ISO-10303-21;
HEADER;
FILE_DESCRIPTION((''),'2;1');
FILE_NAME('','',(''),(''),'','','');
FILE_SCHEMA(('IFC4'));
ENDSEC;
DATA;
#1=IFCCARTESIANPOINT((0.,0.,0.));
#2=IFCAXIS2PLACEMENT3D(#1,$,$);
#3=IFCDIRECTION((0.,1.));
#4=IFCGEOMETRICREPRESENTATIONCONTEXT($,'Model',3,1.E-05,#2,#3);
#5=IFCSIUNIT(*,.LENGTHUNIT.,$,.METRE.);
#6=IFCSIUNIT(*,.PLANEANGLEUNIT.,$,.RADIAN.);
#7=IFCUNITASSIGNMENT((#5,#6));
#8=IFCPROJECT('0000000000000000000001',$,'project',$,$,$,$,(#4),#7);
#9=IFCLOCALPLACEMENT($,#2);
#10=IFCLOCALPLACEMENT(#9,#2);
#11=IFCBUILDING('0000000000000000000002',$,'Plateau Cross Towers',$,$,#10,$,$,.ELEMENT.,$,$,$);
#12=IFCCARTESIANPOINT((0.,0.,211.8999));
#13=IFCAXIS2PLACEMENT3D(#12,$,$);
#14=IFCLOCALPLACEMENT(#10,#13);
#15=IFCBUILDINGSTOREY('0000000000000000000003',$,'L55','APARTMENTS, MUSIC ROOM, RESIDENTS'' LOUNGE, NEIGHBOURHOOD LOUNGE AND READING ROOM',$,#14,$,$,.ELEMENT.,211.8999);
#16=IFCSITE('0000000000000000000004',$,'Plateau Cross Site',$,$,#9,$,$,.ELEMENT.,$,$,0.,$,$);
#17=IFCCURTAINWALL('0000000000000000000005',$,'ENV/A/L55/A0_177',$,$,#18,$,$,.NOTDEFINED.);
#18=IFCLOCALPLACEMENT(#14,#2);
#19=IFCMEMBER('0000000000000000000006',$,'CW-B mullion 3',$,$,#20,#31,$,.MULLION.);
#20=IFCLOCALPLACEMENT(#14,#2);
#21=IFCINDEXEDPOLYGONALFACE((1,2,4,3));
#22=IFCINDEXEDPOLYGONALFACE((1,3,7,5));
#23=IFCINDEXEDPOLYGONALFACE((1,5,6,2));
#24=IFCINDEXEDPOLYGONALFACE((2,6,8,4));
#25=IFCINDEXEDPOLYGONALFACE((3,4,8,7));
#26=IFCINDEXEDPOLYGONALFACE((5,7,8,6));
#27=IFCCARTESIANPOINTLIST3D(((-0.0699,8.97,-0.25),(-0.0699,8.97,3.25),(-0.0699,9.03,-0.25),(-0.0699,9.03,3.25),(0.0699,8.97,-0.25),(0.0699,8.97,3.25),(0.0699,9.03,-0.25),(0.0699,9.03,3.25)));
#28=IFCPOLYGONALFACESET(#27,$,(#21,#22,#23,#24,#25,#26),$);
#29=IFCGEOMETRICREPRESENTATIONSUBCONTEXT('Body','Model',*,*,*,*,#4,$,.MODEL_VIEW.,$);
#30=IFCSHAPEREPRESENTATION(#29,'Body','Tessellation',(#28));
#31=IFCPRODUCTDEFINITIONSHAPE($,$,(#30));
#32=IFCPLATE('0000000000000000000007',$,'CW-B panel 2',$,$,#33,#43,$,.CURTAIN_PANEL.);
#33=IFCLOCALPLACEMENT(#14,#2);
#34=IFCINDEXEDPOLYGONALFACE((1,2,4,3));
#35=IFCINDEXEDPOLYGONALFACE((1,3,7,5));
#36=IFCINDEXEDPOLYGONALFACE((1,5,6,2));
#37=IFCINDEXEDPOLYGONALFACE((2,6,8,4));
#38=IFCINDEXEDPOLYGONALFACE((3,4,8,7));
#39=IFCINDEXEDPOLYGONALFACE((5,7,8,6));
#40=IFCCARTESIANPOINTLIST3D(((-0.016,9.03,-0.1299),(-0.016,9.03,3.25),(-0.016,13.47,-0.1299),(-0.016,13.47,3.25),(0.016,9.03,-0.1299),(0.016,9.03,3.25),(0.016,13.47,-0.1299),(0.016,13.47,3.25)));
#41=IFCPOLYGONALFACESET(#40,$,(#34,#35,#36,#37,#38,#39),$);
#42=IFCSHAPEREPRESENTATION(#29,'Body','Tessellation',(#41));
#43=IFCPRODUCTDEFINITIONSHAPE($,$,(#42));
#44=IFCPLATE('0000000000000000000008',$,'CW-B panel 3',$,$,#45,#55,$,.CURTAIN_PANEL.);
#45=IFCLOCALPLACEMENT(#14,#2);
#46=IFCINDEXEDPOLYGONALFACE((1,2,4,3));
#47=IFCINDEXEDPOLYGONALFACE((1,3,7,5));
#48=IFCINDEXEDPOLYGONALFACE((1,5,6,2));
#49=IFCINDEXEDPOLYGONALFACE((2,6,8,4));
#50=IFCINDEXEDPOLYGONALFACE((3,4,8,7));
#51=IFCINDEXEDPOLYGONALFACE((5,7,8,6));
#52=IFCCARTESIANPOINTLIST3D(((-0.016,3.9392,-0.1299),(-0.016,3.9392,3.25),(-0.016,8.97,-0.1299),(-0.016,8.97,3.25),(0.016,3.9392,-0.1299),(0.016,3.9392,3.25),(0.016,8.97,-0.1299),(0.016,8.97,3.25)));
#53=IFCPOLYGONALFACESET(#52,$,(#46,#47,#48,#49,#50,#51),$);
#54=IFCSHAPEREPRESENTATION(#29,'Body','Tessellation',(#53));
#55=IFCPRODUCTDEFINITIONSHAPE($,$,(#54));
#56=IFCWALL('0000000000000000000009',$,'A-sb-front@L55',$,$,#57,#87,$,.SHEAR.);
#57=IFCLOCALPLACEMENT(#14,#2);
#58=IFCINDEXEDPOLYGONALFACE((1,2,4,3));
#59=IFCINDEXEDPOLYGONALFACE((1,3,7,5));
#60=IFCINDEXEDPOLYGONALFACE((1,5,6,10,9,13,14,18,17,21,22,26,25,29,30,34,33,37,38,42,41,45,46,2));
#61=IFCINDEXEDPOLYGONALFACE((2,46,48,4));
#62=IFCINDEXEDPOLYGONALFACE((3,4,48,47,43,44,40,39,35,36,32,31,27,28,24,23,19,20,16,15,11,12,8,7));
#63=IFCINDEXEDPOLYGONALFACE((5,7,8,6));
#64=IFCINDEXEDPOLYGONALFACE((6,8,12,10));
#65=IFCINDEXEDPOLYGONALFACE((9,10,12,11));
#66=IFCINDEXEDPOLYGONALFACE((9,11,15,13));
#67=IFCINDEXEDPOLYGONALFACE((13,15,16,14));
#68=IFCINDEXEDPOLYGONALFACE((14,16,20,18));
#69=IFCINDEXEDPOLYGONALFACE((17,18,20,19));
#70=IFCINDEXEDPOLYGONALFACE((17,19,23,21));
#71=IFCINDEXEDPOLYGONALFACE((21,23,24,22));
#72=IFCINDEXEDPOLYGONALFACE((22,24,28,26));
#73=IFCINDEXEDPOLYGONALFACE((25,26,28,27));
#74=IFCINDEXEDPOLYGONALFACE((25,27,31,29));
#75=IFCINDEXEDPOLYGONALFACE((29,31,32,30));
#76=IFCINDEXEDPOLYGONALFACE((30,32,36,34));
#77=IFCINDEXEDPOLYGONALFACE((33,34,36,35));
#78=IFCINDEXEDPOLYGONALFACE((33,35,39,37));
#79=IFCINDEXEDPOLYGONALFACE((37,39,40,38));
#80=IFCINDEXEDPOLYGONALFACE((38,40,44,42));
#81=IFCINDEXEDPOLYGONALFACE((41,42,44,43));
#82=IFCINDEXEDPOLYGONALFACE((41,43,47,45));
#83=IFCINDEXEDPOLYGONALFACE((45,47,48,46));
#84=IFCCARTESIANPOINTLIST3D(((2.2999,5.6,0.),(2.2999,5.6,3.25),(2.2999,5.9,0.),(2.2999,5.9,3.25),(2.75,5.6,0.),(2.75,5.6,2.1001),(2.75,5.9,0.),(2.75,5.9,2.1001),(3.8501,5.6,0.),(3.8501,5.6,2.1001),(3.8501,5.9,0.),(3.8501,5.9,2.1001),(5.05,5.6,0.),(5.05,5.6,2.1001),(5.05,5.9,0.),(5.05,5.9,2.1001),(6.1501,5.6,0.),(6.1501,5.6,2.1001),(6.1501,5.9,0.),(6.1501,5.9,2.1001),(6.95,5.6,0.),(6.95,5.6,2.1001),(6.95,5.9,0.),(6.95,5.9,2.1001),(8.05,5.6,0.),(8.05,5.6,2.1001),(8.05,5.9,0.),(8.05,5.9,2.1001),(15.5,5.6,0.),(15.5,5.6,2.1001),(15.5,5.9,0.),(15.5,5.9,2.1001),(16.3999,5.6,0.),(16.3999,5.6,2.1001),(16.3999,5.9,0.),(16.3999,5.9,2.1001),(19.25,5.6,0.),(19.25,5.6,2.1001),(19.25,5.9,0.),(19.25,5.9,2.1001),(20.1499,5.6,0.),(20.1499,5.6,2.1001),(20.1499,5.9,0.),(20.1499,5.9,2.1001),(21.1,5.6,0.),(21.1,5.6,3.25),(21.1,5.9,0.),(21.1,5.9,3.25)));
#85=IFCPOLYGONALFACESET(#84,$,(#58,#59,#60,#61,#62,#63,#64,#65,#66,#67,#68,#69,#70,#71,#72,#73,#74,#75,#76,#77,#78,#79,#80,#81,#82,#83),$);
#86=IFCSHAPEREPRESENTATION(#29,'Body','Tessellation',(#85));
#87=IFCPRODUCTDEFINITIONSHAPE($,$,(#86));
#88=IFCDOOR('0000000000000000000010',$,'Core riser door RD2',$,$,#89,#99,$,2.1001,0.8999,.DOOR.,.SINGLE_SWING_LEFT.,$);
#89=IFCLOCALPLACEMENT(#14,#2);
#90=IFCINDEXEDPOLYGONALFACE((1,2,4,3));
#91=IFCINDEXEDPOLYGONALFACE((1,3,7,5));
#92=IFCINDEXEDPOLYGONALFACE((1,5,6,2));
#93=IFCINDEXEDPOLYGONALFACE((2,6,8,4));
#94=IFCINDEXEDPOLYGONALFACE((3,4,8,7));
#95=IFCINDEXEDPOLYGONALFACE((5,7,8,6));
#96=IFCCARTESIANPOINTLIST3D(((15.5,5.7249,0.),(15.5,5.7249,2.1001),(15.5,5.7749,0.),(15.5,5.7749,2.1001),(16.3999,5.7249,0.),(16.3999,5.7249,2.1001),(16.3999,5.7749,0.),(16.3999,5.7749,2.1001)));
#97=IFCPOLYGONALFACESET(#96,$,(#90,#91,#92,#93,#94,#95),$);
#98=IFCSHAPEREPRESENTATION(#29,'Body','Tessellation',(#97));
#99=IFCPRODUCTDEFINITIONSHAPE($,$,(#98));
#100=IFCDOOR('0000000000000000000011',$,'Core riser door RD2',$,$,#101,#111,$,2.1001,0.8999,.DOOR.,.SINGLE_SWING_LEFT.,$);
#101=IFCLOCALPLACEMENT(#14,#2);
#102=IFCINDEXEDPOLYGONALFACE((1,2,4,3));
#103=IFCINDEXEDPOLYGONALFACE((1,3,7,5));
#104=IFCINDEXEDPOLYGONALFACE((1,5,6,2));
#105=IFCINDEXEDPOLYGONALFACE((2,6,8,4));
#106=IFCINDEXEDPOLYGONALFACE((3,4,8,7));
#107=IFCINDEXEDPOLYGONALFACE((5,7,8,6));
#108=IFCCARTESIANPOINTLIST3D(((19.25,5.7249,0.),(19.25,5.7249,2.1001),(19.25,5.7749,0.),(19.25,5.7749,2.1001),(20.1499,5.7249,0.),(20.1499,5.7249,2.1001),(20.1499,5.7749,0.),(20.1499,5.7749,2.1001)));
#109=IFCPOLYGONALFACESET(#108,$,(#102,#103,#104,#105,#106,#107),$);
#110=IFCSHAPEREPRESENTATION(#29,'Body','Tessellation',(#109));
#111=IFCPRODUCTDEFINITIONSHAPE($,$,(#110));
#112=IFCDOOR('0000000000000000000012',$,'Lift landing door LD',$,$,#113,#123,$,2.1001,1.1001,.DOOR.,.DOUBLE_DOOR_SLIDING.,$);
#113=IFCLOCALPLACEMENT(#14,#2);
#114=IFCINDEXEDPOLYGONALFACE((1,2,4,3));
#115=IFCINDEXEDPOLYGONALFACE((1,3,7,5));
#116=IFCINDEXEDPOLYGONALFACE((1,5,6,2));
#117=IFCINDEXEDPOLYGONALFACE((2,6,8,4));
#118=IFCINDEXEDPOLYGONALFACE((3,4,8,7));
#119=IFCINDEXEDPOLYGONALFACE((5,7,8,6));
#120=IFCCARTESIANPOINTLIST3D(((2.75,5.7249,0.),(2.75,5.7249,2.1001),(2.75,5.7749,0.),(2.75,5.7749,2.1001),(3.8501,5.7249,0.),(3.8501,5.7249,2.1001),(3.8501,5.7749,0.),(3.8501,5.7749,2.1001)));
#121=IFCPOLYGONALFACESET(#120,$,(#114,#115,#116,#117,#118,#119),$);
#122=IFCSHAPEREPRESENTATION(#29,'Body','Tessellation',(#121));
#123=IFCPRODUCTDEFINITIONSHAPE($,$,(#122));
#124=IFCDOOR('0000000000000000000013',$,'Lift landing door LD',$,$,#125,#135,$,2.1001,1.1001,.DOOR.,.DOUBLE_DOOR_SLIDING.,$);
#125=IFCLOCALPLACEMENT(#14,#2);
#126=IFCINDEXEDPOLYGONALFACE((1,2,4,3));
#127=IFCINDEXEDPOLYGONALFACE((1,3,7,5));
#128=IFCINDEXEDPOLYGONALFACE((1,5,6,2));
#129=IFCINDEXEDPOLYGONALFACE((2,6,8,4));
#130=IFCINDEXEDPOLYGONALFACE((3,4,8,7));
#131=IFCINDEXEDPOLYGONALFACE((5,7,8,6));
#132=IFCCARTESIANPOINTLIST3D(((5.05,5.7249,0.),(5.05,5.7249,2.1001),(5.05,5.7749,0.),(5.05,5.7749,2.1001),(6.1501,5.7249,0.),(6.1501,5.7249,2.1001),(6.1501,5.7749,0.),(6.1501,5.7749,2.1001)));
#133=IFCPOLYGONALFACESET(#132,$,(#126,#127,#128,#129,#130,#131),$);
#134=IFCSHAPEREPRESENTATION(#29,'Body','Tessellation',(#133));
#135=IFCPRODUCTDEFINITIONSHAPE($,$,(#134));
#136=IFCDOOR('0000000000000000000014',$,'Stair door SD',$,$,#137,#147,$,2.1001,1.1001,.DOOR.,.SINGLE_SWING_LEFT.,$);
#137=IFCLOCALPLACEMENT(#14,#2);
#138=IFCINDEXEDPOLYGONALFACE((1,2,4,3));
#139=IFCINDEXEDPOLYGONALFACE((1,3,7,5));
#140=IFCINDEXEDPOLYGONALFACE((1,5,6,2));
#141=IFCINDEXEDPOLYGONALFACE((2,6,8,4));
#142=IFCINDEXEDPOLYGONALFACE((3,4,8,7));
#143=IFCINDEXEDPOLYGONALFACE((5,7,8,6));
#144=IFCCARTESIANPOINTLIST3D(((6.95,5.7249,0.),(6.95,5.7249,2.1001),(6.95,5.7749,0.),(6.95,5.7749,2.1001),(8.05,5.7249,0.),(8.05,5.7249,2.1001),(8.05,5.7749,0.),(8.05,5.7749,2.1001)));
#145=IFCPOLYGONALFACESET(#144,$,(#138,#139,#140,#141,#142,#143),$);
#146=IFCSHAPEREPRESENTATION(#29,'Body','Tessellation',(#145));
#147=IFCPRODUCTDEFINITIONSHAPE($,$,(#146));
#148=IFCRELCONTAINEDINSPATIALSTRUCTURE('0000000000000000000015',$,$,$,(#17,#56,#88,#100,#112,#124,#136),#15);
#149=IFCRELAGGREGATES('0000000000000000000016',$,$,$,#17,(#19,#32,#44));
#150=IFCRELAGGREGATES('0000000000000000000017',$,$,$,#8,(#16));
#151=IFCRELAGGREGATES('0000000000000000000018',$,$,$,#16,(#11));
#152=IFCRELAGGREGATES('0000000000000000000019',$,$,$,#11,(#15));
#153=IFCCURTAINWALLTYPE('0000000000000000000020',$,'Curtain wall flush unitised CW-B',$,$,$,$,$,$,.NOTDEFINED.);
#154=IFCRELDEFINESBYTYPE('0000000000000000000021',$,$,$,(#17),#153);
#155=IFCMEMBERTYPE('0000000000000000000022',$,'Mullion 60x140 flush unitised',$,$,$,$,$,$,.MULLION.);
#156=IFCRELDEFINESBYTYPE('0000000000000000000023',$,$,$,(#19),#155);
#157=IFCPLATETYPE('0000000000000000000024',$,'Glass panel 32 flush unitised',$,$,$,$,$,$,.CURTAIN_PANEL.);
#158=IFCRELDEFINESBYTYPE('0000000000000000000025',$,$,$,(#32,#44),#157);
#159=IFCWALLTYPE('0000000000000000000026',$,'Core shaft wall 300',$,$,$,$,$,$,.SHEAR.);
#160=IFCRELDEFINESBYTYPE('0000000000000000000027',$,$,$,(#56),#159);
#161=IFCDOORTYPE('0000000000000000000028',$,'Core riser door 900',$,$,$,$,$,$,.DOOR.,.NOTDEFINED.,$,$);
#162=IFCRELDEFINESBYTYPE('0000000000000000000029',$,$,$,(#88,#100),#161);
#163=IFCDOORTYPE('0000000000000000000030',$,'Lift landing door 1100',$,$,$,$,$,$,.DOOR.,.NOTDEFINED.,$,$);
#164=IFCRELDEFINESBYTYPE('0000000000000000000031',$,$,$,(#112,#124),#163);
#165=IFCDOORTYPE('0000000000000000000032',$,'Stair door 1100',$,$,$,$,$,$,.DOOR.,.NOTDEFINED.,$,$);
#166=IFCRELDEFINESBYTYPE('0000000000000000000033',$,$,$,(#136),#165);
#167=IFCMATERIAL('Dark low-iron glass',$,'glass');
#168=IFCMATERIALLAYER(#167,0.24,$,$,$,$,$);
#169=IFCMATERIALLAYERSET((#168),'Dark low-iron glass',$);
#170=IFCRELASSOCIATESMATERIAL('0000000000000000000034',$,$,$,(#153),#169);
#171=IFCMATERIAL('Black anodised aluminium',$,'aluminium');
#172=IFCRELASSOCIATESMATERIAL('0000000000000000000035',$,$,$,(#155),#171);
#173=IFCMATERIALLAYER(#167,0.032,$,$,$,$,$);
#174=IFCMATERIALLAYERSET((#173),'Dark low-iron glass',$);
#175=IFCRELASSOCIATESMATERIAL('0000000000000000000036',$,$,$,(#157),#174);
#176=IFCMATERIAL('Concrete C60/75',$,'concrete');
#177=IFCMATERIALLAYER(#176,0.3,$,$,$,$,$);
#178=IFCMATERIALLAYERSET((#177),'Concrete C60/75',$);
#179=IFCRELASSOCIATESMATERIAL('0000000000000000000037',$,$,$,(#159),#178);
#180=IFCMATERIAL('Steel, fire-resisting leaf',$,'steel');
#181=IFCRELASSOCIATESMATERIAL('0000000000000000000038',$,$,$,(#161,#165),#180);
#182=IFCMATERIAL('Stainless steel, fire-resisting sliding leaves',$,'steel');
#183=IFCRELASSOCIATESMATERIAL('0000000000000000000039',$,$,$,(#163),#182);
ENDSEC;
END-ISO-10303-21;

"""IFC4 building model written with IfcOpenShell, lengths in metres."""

from ifc_helpers import new_model, si_unit, direction, frame, frame_2d, origin, origin_2d, place, context, subcontext, project, spatial, rectangle, extrude, material, layer, layer_set, material_profile, profile_set, type_object, element, fill, aggregate, save


model = new_model("IFC4")

# Units and contexts
model_context = context("Model", 3, precision=1e-05, world=origin(), true_north=direction((0.0, 1.0)))
body_context = subcontext(model_context, "Body", "Model", "MODEL_VIEW")
ifc_project = project(units=[si_unit("LENGTHUNIT", "METRE"), si_unit("PLANEANGLEUNIT", "RADIAN")], contexts=[model_context])

# Site, building, storey
site_placement = place(None, origin())
site = spatial("IfcSite", under=ifc_project, at=site_placement, Name="Plateau Cross Site", CompositionType="ELEMENT", RefElevation=0.0)
building_placement = place(site_placement, origin())
building = spatial("IfcBuilding", under=site, at=building_placement, Name="Plateau Cross Towers", CompositionType="ELEMENT")
storey_placement = place(building_placement, frame((0.0, 0.0, 211.8999)))
storey = spatial("IfcBuildingStorey", under=building, at=storey_placement, Name="L55", Description="APARTMENTS, MUSIC ROOM, RESIDENTS' LOUNGE, NEIGHBOURHOOD LOUNGE AND READING ROOM", CompositionType="ELEMENT", Elevation=211.8999)

# Curtain wall, member, plates
ifc_material_1 = material(Name="Dark low-iron glass", Category="glass")
ifc_layer_1 = layer(ifc_material_1, 0.24)
ifc_layer_set_1 = layer_set([ifc_layer_1], Name="Dark low-iron glass")
curtain_wall_type = type_object("IfcCurtainWallType", Name="Curtain wall flush unitised CW-B", PredefinedType="NOTDEFINED", material=ifc_layer_set_1)
curtain_wall_placement = place(storey_placement, origin())
curtain_wall = element("IfcCurtainWall", 1, at=curtain_wall_placement, inside=storey, type_object=curtain_wall_type, Name="ENV/A/L55/A0_177", PredefinedType="NOTDEFINED")
ifc_material_2 = material(Name="Black anodised aluminium", Category="aluminium")
ifc_material_profile = material_profile(ifc_material_2, rectangle(XDim=0.0601, YDim=0.1399, at=origin_2d()), Name="MULLION 60x140")
ifc_profile_set = profile_set([ifc_material_profile], Name="Black anodised aluminium")
member_type = type_object("IfcMemberType", Name="Mullion 60x140 flush unitised", PredefinedType="MULLION", material=ifc_profile_set)
member_placement = place(storey_placement, frame((0.0, 9.0, -0.25), z_axis=(0.0, 0.0, 1.0), x_axis=(0.0, -1.0, 0.0)))
member = element("IfcMember", 2, at=member_placement, type_object=member_type, Name="CW-B mullion 3", PredefinedType="MULLION", context=body_context, shape_type="SweptSolid", body=[
    extrude(rectangle(XDim=0.0601, YDim=0.1399, at=origin_2d()), origin(), (0.0, 0.0, 1.0), 3.5),
])
ifc_layer_2 = layer(ifc_material_1, 0.032)
ifc_layer_set_2 = layer_set([ifc_layer_2], Name="Dark low-iron glass")
plate_type = type_object("IfcPlateType", Name="Glass panel 32 flush unitised", PredefinedType="CURTAIN_PANEL", material=ifc_layer_set_2)
plate_1_placement = place(storey_placement, frame((0.0, 11.25, -0.1299), z_axis=(0.0, 0.0, 1.0), x_axis=(0.0, -1.0, 0.0)))
plate_1 = element("IfcPlate", 3, at=plate_1_placement, type_object=plate_type, Name="CW-B panel 2", PredefinedType="CURTAIN_PANEL", context=body_context, shape_type="SweptSolid", body=[
    extrude(rectangle(XDim=4.4399, YDim=0.032, at=origin_2d()), origin(), (0.0, 0.0, 1.0), 3.3799),
])
plate_2_placement = place(storey_placement, frame((0.0, 6.4546, -0.1299), z_axis=(0.0, 0.0, 1.0), x_axis=(0.0, -1.0, 0.0)))
plate_2 = element("IfcPlate", 4, at=plate_2_placement, type_object=plate_type, Name="CW-B panel 3", PredefinedType="CURTAIN_PANEL", context=body_context, shape_type="SweptSolid", body=[
    extrude(rectangle(XDim=5.0308, YDim=0.032, at=origin_2d()), origin(), (0.0, 0.0, 1.0), 3.3799),
])
aggregate(curtain_wall, [member, plate_1, plate_2])

# Wall, openings, doors
ifc_material_3 = material(Name="Concrete C60/75", Category="concrete")
ifc_layer_3 = layer(ifc_material_3, 0.3)
ifc_layer_set_3 = layer_set([ifc_layer_3], Name="Concrete C60/75")
wall_type = type_object("IfcWallType", Name="Core shaft wall 300", PredefinedType="SHEAR", material=ifc_layer_set_3)
wall_1_placement = place(storey_placement, frame((2.3, 5.75, 0.0), z_axis=(0.0, 0.0, 1.0), x_axis=(1.0, 0.0, 0.0)))
wall_1 = element("IfcWall", 5, at=wall_1_placement, inside=storey, type_object=wall_type, Name="A-sb-front@L55", PredefinedType="SHEAR", context=body_context, shape_type="SweptSolid", body=[
    extrude(rectangle(XDim=18.8, YDim=0.3, at=frame_2d((9.3999, 0.0))), origin(), (0.0, 0.0, 1.0), 3.25),
])
opening_1_placement = place(wall_1_placement, frame((4.6499, 0.0, 0.0)))
opening_1 = element("IfcOpeningElement", 6, at=opening_1_placement, cuts=wall_1, PredefinedType="OPENING", context=body_context, shape_type="SweptSolid", body=[
    extrude(rectangle(XDim=1.1001, YDim=2.1001, at=frame_2d((0.55, 1.05))), frame((0.0, 0.1599, 0.0), z_axis=(0.0, -1.0, 0.0), x_axis=(1.0, 0.0, 0.0)), (0.0, 0.0, 1.0), 0.3201),
])
opening_2_placement = place(wall_1_placement, frame((0.45, 0.0, 0.0)))
opening_2 = element("IfcOpeningElement", 7, at=opening_2_placement, cuts=wall_1, PredefinedType="OPENING", context=body_context, shape_type="SweptSolid", body=[
    extrude(rectangle(XDim=1.1001, YDim=2.1001, at=frame_2d((0.55, 1.05))), frame((0.0, 0.1599, 0.0), z_axis=(0.0, -1.0, 0.0), x_axis=(1.0, 0.0, 0.0)), (0.0, 0.0, 1.0), 0.3201),
])
opening_3_placement = place(wall_1_placement, frame((2.75, 0.0, 0.0)))
opening_3 = element("IfcOpeningElement", 8, at=opening_3_placement, cuts=wall_1, PredefinedType="OPENING", context=body_context, shape_type="SweptSolid", body=[
    extrude(rectangle(XDim=1.1001, YDim=2.1001, at=frame_2d((0.55, 1.05))), frame((0.0, 0.1599, 0.0), z_axis=(0.0, -1.0, 0.0), x_axis=(1.0, 0.0, 0.0)), (0.0, 0.0, 1.0), 0.3201),
])
opening_4_placement = place(wall_1_placement, frame((13.2, 0.0, 0.0)))
opening_4 = element("IfcOpeningElement", 9, at=opening_4_placement, cuts=wall_1, PredefinedType="OPENING", context=body_context, shape_type="SweptSolid", body=[
    extrude(rectangle(XDim=0.8999, YDim=2.1001, at=frame_2d((0.45, 1.05))), frame((0.0, 0.1599, 0.0), z_axis=(0.0, -1.0, 0.0), x_axis=(1.0, 0.0, 0.0)), (0.0, 0.0, 1.0), 0.3201),
])
opening_5_placement = place(wall_1_placement, frame((16.95, 0.0, 0.0)))
opening_5 = element("IfcOpeningElement", 10, at=opening_5_placement, cuts=wall_1, PredefinedType="OPENING", context=body_context, shape_type="SweptSolid", body=[
    extrude(rectangle(XDim=0.8999, YDim=2.1001, at=frame_2d((0.45, 1.05))), frame((0.0, 0.1599, 0.0), z_axis=(0.0, -1.0, 0.0), x_axis=(1.0, 0.0, 0.0)), (0.0, 0.0, 1.0), 0.3201),
])
ifc_material_4 = material(Name="Steel, fire-resisting leaf", Category="steel")
door_type_1 = type_object("IfcDoorType", Name="Core riser door 900", OperationType="NOTDEFINED", PredefinedType="DOOR", material=ifc_material_4)
door_1_placement = place(opening_4_placement, origin())
door_1 = element("IfcDoor", 11, at=door_1_placement, inside=storey, type_object=door_type_1, Name="Core riser door RD2", OperationType="SINGLE_SWING_LEFT", OverallHeight=2.1001, OverallWidth=0.8999, PredefinedType="DOOR", context=body_context, shape_type="SweptSolid", body=[
    extrude(rectangle(XDim=0.8999, YDim=2.1001, at=frame_2d((0.45, 1.05))), frame((0.0, 0.0249, 0.0), z_axis=(0.0, -1.0, 0.0), x_axis=(1.0, 0.0, 0.0)), (0.0, 0.0, 1.0), 0.05),
])
fill(opening_4, door_1)
door_2_placement = place(opening_5_placement, origin())
door_2 = element("IfcDoor", 12, at=door_2_placement, inside=storey, type_object=door_type_1, Name="Core riser door RD2", OperationType="SINGLE_SWING_LEFT", OverallHeight=2.1001, OverallWidth=0.8999, PredefinedType="DOOR", context=body_context, shape_type="SweptSolid", body=[
    extrude(rectangle(XDim=0.8999, YDim=2.1001, at=frame_2d((0.45, 1.05))), frame((0.0, 0.0249, 0.0), z_axis=(0.0, -1.0, 0.0), x_axis=(1.0, 0.0, 0.0)), (0.0, 0.0, 1.0), 0.05),
])
fill(opening_5, door_2)
ifc_material_5 = material(Name="Stainless steel, fire-resisting sliding leaves", Category="steel")
door_type_2 = type_object("IfcDoorType", Name="Lift landing door 1100", OperationType="NOTDEFINED", PredefinedType="DOOR", material=ifc_material_5)
door_3_placement = place(opening_2_placement, origin())
door_3 = element("IfcDoor", 13, at=door_3_placement, inside=storey, type_object=door_type_2, Name="Lift landing door LD", OperationType="DOUBLE_DOOR_SLIDING", OverallHeight=2.1001, OverallWidth=1.1001, PredefinedType="DOOR", context=body_context, shape_type="SweptSolid", body=[
    extrude(rectangle(XDim=1.1001, YDim=2.1001, at=frame_2d((0.55, 1.05))), frame((0.0, 0.0249, 0.0), z_axis=(0.0, -1.0, 0.0), x_axis=(1.0, 0.0, 0.0)), (0.0, 0.0, 1.0), 0.05),
])
fill(opening_2, door_3)
door_4_placement = place(opening_3_placement, origin())
door_4 = element("IfcDoor", 14, at=door_4_placement, inside=storey, type_object=door_type_2, Name="Lift landing door LD", OperationType="DOUBLE_DOOR_SLIDING", OverallHeight=2.1001, OverallWidth=1.1001, PredefinedType="DOOR", context=body_context, shape_type="SweptSolid", body=[
    extrude(rectangle(XDim=1.1001, YDim=2.1001, at=frame_2d((0.55, 1.05))), frame((0.0, 0.0249, 0.0), z_axis=(0.0, -1.0, 0.0), x_axis=(1.0, 0.0, 0.0)), (0.0, 0.0, 1.0), 0.05),
])
fill(opening_3, door_4)
door_type_3 = type_object("IfcDoorType", Name="Stair door 1100", OperationType="NOTDEFINED", PredefinedType="DOOR", material=ifc_material_4)
door_5_placement = place(opening_1_placement, origin())
door_5 = element("IfcDoor", 15, at=door_5_placement, inside=storey, type_object=door_type_3, Name="Stair door SD", OperationType="SINGLE_SWING_LEFT", OverallHeight=2.1001, OverallWidth=1.1001, PredefinedType="DOOR", context=body_context, shape_type="SweptSolid", body=[
    extrude(rectangle(XDim=1.1001, YDim=2.1001, at=frame_2d((0.55, 1.05))), frame((0.0, 0.0249, 0.0), z_axis=(0.0, -1.0, 0.0), x_axis=(1.0, 0.0, 0.0)), (0.0, 0.0, 1.0), 0.05),
])
fill(opening_1, door_5)

save(model, "model.ifc")
